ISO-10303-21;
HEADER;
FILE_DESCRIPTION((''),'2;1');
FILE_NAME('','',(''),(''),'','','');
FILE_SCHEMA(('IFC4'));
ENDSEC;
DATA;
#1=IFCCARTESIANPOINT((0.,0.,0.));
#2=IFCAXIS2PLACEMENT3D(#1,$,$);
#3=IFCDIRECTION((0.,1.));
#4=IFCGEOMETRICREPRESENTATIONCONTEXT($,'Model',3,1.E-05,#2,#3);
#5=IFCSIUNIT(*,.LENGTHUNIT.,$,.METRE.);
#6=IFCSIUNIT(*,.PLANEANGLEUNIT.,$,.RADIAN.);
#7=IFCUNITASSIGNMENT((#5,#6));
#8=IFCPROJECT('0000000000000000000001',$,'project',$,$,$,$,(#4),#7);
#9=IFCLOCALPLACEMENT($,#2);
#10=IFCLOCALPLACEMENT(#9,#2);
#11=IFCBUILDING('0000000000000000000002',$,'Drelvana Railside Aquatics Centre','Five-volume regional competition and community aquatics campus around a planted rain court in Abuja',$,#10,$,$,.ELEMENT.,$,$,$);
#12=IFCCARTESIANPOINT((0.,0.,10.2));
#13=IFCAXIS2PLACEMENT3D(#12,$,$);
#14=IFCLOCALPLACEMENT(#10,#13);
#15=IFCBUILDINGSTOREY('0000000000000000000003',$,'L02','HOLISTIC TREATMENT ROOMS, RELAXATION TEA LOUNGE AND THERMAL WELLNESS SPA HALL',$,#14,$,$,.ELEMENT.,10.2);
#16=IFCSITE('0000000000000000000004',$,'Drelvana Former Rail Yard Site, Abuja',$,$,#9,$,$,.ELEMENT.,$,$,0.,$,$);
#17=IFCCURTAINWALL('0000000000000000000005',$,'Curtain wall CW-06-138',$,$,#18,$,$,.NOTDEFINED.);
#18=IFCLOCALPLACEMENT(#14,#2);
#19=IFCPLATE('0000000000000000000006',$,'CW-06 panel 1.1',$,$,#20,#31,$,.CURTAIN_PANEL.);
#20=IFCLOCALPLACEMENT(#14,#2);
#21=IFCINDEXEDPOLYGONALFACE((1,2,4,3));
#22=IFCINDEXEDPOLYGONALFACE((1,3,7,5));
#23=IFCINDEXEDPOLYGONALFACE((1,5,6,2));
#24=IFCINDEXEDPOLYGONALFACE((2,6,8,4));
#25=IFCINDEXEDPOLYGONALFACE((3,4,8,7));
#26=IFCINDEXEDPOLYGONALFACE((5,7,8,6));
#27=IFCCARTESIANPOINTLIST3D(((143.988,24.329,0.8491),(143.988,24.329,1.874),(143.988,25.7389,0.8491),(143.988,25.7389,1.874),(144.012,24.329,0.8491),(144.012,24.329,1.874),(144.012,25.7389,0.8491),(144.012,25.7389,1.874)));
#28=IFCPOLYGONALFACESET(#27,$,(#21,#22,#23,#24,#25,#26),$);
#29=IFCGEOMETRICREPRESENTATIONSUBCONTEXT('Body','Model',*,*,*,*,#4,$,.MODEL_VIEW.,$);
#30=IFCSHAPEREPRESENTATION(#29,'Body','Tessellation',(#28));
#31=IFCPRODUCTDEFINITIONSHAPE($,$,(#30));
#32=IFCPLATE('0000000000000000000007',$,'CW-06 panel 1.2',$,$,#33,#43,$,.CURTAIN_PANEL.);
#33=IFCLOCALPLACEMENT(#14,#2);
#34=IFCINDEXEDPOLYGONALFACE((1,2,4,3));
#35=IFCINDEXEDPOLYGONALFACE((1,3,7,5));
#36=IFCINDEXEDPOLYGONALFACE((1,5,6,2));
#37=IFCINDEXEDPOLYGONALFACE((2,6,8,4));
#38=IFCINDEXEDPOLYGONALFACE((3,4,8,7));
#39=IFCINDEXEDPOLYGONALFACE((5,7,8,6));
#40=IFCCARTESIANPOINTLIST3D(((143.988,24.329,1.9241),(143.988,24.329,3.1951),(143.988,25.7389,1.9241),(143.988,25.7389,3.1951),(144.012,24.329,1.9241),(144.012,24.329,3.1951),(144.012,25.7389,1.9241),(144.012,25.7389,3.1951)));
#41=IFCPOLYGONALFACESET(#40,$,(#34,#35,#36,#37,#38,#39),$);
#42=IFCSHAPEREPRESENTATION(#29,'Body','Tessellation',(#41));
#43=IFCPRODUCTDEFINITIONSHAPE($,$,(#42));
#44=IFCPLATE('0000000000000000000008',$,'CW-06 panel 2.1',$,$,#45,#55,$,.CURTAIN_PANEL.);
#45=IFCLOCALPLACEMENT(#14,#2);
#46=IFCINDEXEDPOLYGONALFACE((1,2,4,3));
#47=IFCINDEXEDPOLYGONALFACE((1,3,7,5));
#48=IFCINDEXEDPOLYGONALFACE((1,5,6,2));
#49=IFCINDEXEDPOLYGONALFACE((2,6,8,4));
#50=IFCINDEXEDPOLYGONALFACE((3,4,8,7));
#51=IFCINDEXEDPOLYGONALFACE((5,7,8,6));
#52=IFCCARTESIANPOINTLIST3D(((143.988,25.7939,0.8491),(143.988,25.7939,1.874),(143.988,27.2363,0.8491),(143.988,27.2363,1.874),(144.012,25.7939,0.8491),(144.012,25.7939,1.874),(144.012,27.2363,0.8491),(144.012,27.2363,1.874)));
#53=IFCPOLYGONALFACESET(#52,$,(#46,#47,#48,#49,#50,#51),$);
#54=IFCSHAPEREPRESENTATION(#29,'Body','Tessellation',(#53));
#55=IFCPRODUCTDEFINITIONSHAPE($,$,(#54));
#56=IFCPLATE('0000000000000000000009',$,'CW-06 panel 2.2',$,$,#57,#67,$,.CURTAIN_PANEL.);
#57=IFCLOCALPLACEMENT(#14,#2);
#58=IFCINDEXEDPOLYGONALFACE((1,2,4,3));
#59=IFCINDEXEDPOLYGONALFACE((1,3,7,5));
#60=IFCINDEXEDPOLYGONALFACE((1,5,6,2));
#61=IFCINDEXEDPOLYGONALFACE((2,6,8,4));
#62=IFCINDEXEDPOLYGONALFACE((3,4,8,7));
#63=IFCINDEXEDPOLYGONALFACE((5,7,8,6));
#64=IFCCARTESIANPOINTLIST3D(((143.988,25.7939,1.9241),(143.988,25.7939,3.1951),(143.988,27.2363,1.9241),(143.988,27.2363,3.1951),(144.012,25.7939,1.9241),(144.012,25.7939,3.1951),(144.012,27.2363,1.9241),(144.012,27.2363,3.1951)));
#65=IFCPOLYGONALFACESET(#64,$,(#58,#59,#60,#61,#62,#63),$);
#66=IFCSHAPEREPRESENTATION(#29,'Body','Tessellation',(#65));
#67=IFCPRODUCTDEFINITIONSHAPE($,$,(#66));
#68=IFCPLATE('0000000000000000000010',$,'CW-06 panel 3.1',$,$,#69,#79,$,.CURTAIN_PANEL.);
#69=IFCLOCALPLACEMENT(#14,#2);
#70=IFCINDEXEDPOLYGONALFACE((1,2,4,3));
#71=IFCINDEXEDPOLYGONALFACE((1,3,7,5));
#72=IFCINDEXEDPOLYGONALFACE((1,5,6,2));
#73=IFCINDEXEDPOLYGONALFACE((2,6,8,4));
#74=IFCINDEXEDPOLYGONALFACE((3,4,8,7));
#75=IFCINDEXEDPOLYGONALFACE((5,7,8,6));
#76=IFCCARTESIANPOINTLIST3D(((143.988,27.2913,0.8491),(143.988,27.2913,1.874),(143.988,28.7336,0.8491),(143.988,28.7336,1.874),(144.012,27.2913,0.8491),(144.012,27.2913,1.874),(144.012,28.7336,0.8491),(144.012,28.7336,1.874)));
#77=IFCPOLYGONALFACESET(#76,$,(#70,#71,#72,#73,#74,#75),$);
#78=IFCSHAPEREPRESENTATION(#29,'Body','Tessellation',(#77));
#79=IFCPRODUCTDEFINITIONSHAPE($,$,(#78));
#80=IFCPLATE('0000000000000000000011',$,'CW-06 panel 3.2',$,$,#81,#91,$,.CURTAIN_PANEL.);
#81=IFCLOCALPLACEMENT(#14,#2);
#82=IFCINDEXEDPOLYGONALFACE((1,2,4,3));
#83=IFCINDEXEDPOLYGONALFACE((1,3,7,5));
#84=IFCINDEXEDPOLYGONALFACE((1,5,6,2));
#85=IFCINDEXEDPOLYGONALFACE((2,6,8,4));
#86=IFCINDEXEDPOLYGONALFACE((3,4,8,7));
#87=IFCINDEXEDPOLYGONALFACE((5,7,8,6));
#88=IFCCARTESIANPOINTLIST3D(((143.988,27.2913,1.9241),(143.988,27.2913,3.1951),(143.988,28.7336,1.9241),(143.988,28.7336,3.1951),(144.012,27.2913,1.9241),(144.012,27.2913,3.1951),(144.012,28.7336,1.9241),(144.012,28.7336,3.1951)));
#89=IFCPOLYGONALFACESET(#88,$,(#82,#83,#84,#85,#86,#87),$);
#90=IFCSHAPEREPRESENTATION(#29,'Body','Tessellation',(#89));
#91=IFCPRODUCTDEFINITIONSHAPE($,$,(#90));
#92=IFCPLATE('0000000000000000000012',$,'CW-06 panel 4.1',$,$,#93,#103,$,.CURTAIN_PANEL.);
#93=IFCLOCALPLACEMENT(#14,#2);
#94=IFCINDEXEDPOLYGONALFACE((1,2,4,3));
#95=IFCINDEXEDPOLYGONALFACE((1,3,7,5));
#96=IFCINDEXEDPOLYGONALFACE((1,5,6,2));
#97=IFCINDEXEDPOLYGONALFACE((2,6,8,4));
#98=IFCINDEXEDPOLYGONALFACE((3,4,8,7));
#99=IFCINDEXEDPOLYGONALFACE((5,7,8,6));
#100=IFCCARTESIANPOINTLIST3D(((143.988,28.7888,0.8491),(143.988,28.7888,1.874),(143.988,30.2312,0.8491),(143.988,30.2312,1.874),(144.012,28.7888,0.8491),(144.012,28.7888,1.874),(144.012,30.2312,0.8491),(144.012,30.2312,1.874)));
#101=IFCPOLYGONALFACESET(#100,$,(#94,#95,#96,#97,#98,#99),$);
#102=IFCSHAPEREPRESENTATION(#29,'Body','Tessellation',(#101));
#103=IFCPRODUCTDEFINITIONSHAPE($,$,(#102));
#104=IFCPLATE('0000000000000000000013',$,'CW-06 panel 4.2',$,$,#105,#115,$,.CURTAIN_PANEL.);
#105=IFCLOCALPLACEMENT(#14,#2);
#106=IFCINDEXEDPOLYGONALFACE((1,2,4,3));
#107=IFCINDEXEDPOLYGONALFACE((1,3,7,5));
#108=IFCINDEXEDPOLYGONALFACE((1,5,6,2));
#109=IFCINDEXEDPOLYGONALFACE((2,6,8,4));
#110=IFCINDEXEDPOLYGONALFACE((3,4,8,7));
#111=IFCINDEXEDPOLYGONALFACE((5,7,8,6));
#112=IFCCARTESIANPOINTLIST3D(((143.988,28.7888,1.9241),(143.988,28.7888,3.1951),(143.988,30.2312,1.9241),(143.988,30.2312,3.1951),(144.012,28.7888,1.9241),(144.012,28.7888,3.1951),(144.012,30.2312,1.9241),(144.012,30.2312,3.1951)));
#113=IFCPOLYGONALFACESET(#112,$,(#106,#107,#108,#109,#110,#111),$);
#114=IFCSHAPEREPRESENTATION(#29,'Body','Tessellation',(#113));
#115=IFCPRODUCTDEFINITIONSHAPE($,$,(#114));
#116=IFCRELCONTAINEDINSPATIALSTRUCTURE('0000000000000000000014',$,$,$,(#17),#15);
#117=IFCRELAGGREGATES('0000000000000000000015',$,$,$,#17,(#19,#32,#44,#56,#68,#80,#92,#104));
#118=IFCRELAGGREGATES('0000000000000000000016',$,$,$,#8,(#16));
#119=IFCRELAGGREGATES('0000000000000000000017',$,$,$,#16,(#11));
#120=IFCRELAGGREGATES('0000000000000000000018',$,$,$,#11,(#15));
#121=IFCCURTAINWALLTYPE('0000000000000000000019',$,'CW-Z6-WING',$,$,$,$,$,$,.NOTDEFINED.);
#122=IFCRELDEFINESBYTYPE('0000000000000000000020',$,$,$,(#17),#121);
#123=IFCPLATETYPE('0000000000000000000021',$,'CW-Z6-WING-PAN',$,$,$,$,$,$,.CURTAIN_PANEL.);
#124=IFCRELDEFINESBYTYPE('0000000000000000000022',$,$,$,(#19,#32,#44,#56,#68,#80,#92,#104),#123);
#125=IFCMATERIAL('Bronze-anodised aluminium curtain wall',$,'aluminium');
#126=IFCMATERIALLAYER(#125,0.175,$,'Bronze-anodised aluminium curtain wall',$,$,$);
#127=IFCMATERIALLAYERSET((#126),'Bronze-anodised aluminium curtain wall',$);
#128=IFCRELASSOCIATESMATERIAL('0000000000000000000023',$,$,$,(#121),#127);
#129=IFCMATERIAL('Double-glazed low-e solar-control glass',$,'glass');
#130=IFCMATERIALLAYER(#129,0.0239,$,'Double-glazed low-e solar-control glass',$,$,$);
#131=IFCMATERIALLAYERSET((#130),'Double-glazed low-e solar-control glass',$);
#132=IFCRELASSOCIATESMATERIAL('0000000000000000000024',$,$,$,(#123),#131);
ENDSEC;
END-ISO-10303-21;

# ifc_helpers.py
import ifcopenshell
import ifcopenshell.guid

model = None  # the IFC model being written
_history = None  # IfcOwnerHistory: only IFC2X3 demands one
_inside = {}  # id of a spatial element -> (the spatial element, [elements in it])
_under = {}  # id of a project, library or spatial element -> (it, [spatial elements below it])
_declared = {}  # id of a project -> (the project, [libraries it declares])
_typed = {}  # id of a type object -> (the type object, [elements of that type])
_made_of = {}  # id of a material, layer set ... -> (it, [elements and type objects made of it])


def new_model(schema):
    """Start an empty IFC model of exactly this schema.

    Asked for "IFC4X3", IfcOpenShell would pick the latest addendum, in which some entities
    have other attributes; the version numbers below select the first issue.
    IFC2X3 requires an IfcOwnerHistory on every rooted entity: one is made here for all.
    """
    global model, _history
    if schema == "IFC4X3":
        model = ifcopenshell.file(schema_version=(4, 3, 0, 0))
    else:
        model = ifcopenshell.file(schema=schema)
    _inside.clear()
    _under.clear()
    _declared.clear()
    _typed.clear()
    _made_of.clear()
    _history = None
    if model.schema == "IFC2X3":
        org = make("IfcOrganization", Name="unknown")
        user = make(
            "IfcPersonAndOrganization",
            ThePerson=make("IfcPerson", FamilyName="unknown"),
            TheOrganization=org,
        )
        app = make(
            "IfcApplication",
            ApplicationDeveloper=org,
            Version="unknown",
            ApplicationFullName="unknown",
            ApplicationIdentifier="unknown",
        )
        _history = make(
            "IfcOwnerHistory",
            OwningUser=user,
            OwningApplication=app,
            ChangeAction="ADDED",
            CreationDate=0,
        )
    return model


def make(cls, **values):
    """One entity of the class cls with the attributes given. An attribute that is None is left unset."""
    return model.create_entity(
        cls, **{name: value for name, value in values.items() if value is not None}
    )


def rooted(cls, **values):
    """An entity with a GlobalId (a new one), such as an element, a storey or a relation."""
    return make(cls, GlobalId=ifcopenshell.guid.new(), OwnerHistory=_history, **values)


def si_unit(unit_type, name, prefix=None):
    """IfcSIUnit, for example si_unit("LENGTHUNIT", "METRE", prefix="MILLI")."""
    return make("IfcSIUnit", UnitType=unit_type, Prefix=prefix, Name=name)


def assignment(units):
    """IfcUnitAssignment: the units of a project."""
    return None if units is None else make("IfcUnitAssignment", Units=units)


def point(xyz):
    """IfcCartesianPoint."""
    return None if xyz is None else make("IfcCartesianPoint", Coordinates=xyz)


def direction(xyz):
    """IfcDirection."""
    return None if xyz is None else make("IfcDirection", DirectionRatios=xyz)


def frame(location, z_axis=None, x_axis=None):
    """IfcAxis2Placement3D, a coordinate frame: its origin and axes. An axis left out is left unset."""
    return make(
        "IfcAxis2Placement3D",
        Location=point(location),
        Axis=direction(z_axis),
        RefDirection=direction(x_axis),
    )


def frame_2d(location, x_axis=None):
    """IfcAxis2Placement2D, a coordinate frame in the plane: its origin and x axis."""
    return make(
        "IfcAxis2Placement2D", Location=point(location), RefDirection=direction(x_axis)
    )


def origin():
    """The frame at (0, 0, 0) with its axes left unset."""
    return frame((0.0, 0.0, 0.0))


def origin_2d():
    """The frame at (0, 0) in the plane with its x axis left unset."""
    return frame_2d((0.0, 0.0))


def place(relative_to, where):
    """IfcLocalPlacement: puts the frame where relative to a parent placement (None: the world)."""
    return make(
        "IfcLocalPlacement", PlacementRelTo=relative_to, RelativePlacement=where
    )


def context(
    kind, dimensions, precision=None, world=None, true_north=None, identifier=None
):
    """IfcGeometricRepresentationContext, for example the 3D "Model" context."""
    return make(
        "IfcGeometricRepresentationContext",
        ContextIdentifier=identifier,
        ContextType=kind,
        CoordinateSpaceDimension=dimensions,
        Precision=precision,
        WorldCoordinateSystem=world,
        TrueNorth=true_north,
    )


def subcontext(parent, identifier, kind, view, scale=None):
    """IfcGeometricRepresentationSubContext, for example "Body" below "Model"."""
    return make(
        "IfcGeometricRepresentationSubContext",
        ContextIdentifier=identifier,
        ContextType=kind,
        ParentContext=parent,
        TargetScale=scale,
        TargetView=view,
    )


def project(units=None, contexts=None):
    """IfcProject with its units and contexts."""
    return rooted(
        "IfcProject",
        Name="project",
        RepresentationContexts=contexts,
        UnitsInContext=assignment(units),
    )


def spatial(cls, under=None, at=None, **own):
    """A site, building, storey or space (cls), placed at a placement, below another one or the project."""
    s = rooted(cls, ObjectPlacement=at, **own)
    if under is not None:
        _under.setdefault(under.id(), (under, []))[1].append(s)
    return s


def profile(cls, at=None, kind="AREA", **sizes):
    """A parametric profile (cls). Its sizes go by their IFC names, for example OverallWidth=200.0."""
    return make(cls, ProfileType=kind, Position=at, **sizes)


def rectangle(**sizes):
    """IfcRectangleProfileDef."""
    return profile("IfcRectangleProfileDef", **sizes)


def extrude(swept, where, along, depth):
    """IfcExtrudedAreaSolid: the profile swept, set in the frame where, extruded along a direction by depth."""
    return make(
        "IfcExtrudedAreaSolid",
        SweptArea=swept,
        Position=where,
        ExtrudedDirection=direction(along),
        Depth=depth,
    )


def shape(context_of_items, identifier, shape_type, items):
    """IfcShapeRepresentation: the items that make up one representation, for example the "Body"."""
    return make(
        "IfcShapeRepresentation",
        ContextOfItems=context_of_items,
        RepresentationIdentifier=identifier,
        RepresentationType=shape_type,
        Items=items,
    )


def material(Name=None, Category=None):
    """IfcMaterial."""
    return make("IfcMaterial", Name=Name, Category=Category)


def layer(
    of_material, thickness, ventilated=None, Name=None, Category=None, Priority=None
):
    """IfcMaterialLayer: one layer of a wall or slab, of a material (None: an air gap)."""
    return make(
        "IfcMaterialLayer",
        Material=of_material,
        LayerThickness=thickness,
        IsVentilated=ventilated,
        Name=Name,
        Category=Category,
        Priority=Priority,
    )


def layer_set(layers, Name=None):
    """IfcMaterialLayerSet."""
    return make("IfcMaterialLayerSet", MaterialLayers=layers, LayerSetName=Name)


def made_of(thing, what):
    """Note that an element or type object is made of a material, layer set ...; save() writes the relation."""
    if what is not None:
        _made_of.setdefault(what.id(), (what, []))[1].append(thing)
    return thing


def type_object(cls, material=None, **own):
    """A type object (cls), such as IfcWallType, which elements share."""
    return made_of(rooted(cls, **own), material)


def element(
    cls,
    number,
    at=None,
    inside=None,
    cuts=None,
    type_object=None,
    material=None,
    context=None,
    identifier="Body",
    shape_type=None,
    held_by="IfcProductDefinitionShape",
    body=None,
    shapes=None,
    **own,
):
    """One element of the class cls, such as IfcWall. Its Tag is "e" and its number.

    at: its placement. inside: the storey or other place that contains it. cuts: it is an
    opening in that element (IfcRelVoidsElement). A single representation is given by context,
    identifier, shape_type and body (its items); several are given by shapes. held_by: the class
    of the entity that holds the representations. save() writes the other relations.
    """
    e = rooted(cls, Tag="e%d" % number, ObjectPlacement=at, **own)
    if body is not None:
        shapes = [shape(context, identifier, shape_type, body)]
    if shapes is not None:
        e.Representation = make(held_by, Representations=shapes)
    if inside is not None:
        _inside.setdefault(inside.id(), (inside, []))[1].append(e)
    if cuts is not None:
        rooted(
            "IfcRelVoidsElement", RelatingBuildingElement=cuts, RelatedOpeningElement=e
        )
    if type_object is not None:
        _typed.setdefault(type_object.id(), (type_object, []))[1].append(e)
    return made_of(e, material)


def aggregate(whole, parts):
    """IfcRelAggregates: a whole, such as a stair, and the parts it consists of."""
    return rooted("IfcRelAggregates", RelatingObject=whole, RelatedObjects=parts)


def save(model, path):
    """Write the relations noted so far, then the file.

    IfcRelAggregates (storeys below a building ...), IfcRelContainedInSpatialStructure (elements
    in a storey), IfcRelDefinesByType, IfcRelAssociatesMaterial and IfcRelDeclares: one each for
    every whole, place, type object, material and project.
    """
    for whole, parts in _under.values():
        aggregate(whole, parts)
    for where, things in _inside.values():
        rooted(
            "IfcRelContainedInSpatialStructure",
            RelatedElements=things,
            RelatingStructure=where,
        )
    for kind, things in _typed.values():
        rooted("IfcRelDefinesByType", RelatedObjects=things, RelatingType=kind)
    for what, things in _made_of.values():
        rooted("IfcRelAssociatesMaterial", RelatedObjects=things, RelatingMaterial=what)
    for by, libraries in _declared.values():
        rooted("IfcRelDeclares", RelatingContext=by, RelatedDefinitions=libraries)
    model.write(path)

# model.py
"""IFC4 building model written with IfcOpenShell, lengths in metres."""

from ifc_helpers import new_model, si_unit, direction, frame, origin, origin_2d, place, context, subcontext, project, spatial, rectangle, extrude, material, layer, layer_set, type_object, element, aggregate, save


model = new_model("IFC4")

# Units and contexts
model_context = context("Model", 3, precision=1e-05, world=origin(), true_north=direction((0.0, 1.0)))
body_context = subcontext(model_context, "Body", "Model", "MODEL_VIEW")
ifc_project = project(units=[si_unit("LENGTHUNIT", "METRE"), si_unit("PLANEANGLEUNIT", "RADIAN")], contexts=[model_context])

# Site, building, storey
site_placement = place(None, origin())
site = spatial("IfcSite", under=ifc_project, at=site_placement, Name="Drelvana Former Rail Yard Site, Abuja", CompositionType="ELEMENT", RefElevation=0.0)
building_placement = place(site_placement, origin())
building = spatial("IfcBuilding", under=site, at=building_placement, Name="Drelvana Railside Aquatics Centre", Description="Five-volume regional competition and community aquatics campus around a planted rain court in Abuja", CompositionType="ELEMENT")
storey_placement = place(building_placement, frame((0.0, 0.0, 10.2)))
storey = spatial("IfcBuildingStorey", under=building, at=storey_placement, Name="L02", Description="HOLISTIC TREATMENT ROOMS, RELAXATION TEA LOUNGE AND THERMAL WELLNESS SPA HALL", CompositionType="ELEMENT", Elevation=10.2)

# Curtain wall, plates
ifc_material_1 = material(Name="Bronze-anodised aluminium curtain wall", Category="aluminium")
ifc_layer_1 = layer(ifc_material_1, 0.175, Name="Bronze-anodised aluminium curtain wall")
ifc_layer_set_1 = layer_set([ifc_layer_1], Name="Bronze-anodised aluminium curtain wall")
curtain_wall_type = type_object("IfcCurtainWallType", Name="CW-Z6-WING", PredefinedType="NOTDEFINED", material=ifc_layer_set_1)
curtain_wall_placement = place(storey_placement, origin())
curtain_wall = element("IfcCurtainWall", 1, at=curtain_wall_placement, inside=storey, type_object=curtain_wall_type, Name="Curtain wall CW-06-138", PredefinedType="NOTDEFINED")
ifc_material_2 = material(Name="Double-glazed low-e solar-control glass", Category="glass")
ifc_layer_2 = layer(ifc_material_2, 0.0239, Name="Double-glazed low-e solar-control glass")
ifc_layer_set_2 = layer_set([ifc_layer_2], Name="Double-glazed low-e solar-control glass")
plate_type = type_object("IfcPlateType", Name="CW-Z6-WING-PAN", PredefinedType="CURTAIN_PANEL", material=ifc_layer_set_2)
plate_1_placement = place(storey_placement, frame((144.0, 25.0339, 0.8491), z_axis=(0.0, 0.0, 1.0), x_axis=(0.0, 1.0, 0.0)))
plate_1 = element("IfcPlate", 2, at=plate_1_placement, type_object=plate_type, Name="CW-06 panel 1.1", PredefinedType="CURTAIN_PANEL", context=body_context, shape_type="SweptSolid", body=[
    extrude(rectangle(XDim=1.4099, YDim=0.0239, at=origin_2d()), origin(), (0.0, 0.0, 1.0), 1.0249),
])
plate_2_placement = place(storey_placement, frame((144.0, 25.0339, 1.9241), z_axis=(0.0, 0.0, 1.0), x_axis=(0.0, 1.0, 0.0)))
plate_2 = element("IfcPlate", 3, at=plate_2_placement, type_object=plate_type, Name="CW-06 panel 1.2", PredefinedType="CURTAIN_PANEL", context=body_context, shape_type="SweptSolid", body=[
    extrude(rectangle(XDim=1.4099, YDim=0.0239, at=origin_2d()), origin(), (0.0, 0.0, 1.0), 1.271),
])
plate_3_placement = place(storey_placement, frame((144.0, 26.5151, 0.8491), z_axis=(0.0, 0.0, 1.0), x_axis=(0.0, 1.0, 0.0)))
plate_3 = element("IfcPlate", 4, at=plate_3_placement, type_object=plate_type, Name="CW-06 panel 2.1", PredefinedType="CURTAIN_PANEL", context=body_context, shape_type="SweptSolid", body=[
    extrude(rectangle(XDim=1.4424, YDim=0.0239, at=origin_2d()), origin(), (0.0, 0.0, 1.0), 1.0249),
])
plate_4_placement = place(storey_placement, frame((144.0, 26.5151, 1.9241), z_axis=(0.0, 0.0, 1.0), x_axis=(0.0, 1.0, 0.0)))
plate_4 = element("IfcPlate", 5, at=plate_4_placement, type_object=plate_type, Name="CW-06 panel 2.2", PredefinedType="CURTAIN_PANEL", context=body_context, shape_type="SweptSolid", body=[
    extrude(rectangle(XDim=1.4424, YDim=0.0239, at=origin_2d()), origin(), (0.0, 0.0, 1.0), 1.271),
])
plate_5_placement = place(storey_placement, frame((144.0, 28.0125, 0.8491), z_axis=(0.0, 0.0, 1.0), x_axis=(0.0, 1.0, 0.0)))
plate_5 = element("IfcPlate", 6, at=plate_5_placement, type_object=plate_type, Name="CW-06 panel 3.1", PredefinedType="CURTAIN_PANEL", context=body_context, shape_type="SweptSolid", body=[
    extrude(rectangle(XDim=1.4424, YDim=0.0239, at=origin_2d()), origin(), (0.0, 0.0, 1.0), 1.0249),
])
plate_6_placement = place(storey_placement, frame((144.0, 28.0125, 1.9241), z_axis=(0.0, 0.0, 1.0), x_axis=(0.0, 1.0, 0.0)))
plate_6 = element("IfcPlate", 7, at=plate_6_placement, type_object=plate_type, Name="CW-06 panel 3.2", PredefinedType="CURTAIN_PANEL", context=body_context, shape_type="SweptSolid", body=[
    extrude(rectangle(XDim=1.4424, YDim=0.0239, at=origin_2d()), origin(), (0.0, 0.0, 1.0), 1.271),
])
plate_7_placement = place(storey_placement, frame((144.0, 29.51, 0.8491), z_axis=(0.0, 0.0, 1.0), x_axis=(0.0, 1.0, 0.0)))
plate_7 = element("IfcPlate", 8, at=plate_7_placement, type_object=plate_type, Name="CW-06 panel 4.1", PredefinedType="CURTAIN_PANEL", context=body_context, shape_type="SweptSolid", body=[
    extrude(rectangle(XDim=1.4424, YDim=0.0239, at=origin_2d()), origin(), (0.0, 0.0, 1.0), 1.0249),
])
plate_8_placement = place(storey_placement, frame((144.0, 29.51, 1.9241), z_axis=(0.0, 0.0, 1.0), x_axis=(0.0, 1.0, 0.0)))
plate_8 = element("IfcPlate", 9, at=plate_8_placement, type_object=plate_type, Name="CW-06 panel 4.2", PredefinedType="CURTAIN_PANEL", context=body_context, shape_type="SweptSolid", body=[
    extrude(rectangle(XDim=1.4424, YDim=0.0239, at=origin_2d()), origin(), (0.0, 0.0, 1.0), 1.271),
])
aggregate(curtain_wall, [plate_1, plate_2, plate_3, plate_4, plate_5, plate_6, plate_7, plate_8])

save(model, "model.ifc")
